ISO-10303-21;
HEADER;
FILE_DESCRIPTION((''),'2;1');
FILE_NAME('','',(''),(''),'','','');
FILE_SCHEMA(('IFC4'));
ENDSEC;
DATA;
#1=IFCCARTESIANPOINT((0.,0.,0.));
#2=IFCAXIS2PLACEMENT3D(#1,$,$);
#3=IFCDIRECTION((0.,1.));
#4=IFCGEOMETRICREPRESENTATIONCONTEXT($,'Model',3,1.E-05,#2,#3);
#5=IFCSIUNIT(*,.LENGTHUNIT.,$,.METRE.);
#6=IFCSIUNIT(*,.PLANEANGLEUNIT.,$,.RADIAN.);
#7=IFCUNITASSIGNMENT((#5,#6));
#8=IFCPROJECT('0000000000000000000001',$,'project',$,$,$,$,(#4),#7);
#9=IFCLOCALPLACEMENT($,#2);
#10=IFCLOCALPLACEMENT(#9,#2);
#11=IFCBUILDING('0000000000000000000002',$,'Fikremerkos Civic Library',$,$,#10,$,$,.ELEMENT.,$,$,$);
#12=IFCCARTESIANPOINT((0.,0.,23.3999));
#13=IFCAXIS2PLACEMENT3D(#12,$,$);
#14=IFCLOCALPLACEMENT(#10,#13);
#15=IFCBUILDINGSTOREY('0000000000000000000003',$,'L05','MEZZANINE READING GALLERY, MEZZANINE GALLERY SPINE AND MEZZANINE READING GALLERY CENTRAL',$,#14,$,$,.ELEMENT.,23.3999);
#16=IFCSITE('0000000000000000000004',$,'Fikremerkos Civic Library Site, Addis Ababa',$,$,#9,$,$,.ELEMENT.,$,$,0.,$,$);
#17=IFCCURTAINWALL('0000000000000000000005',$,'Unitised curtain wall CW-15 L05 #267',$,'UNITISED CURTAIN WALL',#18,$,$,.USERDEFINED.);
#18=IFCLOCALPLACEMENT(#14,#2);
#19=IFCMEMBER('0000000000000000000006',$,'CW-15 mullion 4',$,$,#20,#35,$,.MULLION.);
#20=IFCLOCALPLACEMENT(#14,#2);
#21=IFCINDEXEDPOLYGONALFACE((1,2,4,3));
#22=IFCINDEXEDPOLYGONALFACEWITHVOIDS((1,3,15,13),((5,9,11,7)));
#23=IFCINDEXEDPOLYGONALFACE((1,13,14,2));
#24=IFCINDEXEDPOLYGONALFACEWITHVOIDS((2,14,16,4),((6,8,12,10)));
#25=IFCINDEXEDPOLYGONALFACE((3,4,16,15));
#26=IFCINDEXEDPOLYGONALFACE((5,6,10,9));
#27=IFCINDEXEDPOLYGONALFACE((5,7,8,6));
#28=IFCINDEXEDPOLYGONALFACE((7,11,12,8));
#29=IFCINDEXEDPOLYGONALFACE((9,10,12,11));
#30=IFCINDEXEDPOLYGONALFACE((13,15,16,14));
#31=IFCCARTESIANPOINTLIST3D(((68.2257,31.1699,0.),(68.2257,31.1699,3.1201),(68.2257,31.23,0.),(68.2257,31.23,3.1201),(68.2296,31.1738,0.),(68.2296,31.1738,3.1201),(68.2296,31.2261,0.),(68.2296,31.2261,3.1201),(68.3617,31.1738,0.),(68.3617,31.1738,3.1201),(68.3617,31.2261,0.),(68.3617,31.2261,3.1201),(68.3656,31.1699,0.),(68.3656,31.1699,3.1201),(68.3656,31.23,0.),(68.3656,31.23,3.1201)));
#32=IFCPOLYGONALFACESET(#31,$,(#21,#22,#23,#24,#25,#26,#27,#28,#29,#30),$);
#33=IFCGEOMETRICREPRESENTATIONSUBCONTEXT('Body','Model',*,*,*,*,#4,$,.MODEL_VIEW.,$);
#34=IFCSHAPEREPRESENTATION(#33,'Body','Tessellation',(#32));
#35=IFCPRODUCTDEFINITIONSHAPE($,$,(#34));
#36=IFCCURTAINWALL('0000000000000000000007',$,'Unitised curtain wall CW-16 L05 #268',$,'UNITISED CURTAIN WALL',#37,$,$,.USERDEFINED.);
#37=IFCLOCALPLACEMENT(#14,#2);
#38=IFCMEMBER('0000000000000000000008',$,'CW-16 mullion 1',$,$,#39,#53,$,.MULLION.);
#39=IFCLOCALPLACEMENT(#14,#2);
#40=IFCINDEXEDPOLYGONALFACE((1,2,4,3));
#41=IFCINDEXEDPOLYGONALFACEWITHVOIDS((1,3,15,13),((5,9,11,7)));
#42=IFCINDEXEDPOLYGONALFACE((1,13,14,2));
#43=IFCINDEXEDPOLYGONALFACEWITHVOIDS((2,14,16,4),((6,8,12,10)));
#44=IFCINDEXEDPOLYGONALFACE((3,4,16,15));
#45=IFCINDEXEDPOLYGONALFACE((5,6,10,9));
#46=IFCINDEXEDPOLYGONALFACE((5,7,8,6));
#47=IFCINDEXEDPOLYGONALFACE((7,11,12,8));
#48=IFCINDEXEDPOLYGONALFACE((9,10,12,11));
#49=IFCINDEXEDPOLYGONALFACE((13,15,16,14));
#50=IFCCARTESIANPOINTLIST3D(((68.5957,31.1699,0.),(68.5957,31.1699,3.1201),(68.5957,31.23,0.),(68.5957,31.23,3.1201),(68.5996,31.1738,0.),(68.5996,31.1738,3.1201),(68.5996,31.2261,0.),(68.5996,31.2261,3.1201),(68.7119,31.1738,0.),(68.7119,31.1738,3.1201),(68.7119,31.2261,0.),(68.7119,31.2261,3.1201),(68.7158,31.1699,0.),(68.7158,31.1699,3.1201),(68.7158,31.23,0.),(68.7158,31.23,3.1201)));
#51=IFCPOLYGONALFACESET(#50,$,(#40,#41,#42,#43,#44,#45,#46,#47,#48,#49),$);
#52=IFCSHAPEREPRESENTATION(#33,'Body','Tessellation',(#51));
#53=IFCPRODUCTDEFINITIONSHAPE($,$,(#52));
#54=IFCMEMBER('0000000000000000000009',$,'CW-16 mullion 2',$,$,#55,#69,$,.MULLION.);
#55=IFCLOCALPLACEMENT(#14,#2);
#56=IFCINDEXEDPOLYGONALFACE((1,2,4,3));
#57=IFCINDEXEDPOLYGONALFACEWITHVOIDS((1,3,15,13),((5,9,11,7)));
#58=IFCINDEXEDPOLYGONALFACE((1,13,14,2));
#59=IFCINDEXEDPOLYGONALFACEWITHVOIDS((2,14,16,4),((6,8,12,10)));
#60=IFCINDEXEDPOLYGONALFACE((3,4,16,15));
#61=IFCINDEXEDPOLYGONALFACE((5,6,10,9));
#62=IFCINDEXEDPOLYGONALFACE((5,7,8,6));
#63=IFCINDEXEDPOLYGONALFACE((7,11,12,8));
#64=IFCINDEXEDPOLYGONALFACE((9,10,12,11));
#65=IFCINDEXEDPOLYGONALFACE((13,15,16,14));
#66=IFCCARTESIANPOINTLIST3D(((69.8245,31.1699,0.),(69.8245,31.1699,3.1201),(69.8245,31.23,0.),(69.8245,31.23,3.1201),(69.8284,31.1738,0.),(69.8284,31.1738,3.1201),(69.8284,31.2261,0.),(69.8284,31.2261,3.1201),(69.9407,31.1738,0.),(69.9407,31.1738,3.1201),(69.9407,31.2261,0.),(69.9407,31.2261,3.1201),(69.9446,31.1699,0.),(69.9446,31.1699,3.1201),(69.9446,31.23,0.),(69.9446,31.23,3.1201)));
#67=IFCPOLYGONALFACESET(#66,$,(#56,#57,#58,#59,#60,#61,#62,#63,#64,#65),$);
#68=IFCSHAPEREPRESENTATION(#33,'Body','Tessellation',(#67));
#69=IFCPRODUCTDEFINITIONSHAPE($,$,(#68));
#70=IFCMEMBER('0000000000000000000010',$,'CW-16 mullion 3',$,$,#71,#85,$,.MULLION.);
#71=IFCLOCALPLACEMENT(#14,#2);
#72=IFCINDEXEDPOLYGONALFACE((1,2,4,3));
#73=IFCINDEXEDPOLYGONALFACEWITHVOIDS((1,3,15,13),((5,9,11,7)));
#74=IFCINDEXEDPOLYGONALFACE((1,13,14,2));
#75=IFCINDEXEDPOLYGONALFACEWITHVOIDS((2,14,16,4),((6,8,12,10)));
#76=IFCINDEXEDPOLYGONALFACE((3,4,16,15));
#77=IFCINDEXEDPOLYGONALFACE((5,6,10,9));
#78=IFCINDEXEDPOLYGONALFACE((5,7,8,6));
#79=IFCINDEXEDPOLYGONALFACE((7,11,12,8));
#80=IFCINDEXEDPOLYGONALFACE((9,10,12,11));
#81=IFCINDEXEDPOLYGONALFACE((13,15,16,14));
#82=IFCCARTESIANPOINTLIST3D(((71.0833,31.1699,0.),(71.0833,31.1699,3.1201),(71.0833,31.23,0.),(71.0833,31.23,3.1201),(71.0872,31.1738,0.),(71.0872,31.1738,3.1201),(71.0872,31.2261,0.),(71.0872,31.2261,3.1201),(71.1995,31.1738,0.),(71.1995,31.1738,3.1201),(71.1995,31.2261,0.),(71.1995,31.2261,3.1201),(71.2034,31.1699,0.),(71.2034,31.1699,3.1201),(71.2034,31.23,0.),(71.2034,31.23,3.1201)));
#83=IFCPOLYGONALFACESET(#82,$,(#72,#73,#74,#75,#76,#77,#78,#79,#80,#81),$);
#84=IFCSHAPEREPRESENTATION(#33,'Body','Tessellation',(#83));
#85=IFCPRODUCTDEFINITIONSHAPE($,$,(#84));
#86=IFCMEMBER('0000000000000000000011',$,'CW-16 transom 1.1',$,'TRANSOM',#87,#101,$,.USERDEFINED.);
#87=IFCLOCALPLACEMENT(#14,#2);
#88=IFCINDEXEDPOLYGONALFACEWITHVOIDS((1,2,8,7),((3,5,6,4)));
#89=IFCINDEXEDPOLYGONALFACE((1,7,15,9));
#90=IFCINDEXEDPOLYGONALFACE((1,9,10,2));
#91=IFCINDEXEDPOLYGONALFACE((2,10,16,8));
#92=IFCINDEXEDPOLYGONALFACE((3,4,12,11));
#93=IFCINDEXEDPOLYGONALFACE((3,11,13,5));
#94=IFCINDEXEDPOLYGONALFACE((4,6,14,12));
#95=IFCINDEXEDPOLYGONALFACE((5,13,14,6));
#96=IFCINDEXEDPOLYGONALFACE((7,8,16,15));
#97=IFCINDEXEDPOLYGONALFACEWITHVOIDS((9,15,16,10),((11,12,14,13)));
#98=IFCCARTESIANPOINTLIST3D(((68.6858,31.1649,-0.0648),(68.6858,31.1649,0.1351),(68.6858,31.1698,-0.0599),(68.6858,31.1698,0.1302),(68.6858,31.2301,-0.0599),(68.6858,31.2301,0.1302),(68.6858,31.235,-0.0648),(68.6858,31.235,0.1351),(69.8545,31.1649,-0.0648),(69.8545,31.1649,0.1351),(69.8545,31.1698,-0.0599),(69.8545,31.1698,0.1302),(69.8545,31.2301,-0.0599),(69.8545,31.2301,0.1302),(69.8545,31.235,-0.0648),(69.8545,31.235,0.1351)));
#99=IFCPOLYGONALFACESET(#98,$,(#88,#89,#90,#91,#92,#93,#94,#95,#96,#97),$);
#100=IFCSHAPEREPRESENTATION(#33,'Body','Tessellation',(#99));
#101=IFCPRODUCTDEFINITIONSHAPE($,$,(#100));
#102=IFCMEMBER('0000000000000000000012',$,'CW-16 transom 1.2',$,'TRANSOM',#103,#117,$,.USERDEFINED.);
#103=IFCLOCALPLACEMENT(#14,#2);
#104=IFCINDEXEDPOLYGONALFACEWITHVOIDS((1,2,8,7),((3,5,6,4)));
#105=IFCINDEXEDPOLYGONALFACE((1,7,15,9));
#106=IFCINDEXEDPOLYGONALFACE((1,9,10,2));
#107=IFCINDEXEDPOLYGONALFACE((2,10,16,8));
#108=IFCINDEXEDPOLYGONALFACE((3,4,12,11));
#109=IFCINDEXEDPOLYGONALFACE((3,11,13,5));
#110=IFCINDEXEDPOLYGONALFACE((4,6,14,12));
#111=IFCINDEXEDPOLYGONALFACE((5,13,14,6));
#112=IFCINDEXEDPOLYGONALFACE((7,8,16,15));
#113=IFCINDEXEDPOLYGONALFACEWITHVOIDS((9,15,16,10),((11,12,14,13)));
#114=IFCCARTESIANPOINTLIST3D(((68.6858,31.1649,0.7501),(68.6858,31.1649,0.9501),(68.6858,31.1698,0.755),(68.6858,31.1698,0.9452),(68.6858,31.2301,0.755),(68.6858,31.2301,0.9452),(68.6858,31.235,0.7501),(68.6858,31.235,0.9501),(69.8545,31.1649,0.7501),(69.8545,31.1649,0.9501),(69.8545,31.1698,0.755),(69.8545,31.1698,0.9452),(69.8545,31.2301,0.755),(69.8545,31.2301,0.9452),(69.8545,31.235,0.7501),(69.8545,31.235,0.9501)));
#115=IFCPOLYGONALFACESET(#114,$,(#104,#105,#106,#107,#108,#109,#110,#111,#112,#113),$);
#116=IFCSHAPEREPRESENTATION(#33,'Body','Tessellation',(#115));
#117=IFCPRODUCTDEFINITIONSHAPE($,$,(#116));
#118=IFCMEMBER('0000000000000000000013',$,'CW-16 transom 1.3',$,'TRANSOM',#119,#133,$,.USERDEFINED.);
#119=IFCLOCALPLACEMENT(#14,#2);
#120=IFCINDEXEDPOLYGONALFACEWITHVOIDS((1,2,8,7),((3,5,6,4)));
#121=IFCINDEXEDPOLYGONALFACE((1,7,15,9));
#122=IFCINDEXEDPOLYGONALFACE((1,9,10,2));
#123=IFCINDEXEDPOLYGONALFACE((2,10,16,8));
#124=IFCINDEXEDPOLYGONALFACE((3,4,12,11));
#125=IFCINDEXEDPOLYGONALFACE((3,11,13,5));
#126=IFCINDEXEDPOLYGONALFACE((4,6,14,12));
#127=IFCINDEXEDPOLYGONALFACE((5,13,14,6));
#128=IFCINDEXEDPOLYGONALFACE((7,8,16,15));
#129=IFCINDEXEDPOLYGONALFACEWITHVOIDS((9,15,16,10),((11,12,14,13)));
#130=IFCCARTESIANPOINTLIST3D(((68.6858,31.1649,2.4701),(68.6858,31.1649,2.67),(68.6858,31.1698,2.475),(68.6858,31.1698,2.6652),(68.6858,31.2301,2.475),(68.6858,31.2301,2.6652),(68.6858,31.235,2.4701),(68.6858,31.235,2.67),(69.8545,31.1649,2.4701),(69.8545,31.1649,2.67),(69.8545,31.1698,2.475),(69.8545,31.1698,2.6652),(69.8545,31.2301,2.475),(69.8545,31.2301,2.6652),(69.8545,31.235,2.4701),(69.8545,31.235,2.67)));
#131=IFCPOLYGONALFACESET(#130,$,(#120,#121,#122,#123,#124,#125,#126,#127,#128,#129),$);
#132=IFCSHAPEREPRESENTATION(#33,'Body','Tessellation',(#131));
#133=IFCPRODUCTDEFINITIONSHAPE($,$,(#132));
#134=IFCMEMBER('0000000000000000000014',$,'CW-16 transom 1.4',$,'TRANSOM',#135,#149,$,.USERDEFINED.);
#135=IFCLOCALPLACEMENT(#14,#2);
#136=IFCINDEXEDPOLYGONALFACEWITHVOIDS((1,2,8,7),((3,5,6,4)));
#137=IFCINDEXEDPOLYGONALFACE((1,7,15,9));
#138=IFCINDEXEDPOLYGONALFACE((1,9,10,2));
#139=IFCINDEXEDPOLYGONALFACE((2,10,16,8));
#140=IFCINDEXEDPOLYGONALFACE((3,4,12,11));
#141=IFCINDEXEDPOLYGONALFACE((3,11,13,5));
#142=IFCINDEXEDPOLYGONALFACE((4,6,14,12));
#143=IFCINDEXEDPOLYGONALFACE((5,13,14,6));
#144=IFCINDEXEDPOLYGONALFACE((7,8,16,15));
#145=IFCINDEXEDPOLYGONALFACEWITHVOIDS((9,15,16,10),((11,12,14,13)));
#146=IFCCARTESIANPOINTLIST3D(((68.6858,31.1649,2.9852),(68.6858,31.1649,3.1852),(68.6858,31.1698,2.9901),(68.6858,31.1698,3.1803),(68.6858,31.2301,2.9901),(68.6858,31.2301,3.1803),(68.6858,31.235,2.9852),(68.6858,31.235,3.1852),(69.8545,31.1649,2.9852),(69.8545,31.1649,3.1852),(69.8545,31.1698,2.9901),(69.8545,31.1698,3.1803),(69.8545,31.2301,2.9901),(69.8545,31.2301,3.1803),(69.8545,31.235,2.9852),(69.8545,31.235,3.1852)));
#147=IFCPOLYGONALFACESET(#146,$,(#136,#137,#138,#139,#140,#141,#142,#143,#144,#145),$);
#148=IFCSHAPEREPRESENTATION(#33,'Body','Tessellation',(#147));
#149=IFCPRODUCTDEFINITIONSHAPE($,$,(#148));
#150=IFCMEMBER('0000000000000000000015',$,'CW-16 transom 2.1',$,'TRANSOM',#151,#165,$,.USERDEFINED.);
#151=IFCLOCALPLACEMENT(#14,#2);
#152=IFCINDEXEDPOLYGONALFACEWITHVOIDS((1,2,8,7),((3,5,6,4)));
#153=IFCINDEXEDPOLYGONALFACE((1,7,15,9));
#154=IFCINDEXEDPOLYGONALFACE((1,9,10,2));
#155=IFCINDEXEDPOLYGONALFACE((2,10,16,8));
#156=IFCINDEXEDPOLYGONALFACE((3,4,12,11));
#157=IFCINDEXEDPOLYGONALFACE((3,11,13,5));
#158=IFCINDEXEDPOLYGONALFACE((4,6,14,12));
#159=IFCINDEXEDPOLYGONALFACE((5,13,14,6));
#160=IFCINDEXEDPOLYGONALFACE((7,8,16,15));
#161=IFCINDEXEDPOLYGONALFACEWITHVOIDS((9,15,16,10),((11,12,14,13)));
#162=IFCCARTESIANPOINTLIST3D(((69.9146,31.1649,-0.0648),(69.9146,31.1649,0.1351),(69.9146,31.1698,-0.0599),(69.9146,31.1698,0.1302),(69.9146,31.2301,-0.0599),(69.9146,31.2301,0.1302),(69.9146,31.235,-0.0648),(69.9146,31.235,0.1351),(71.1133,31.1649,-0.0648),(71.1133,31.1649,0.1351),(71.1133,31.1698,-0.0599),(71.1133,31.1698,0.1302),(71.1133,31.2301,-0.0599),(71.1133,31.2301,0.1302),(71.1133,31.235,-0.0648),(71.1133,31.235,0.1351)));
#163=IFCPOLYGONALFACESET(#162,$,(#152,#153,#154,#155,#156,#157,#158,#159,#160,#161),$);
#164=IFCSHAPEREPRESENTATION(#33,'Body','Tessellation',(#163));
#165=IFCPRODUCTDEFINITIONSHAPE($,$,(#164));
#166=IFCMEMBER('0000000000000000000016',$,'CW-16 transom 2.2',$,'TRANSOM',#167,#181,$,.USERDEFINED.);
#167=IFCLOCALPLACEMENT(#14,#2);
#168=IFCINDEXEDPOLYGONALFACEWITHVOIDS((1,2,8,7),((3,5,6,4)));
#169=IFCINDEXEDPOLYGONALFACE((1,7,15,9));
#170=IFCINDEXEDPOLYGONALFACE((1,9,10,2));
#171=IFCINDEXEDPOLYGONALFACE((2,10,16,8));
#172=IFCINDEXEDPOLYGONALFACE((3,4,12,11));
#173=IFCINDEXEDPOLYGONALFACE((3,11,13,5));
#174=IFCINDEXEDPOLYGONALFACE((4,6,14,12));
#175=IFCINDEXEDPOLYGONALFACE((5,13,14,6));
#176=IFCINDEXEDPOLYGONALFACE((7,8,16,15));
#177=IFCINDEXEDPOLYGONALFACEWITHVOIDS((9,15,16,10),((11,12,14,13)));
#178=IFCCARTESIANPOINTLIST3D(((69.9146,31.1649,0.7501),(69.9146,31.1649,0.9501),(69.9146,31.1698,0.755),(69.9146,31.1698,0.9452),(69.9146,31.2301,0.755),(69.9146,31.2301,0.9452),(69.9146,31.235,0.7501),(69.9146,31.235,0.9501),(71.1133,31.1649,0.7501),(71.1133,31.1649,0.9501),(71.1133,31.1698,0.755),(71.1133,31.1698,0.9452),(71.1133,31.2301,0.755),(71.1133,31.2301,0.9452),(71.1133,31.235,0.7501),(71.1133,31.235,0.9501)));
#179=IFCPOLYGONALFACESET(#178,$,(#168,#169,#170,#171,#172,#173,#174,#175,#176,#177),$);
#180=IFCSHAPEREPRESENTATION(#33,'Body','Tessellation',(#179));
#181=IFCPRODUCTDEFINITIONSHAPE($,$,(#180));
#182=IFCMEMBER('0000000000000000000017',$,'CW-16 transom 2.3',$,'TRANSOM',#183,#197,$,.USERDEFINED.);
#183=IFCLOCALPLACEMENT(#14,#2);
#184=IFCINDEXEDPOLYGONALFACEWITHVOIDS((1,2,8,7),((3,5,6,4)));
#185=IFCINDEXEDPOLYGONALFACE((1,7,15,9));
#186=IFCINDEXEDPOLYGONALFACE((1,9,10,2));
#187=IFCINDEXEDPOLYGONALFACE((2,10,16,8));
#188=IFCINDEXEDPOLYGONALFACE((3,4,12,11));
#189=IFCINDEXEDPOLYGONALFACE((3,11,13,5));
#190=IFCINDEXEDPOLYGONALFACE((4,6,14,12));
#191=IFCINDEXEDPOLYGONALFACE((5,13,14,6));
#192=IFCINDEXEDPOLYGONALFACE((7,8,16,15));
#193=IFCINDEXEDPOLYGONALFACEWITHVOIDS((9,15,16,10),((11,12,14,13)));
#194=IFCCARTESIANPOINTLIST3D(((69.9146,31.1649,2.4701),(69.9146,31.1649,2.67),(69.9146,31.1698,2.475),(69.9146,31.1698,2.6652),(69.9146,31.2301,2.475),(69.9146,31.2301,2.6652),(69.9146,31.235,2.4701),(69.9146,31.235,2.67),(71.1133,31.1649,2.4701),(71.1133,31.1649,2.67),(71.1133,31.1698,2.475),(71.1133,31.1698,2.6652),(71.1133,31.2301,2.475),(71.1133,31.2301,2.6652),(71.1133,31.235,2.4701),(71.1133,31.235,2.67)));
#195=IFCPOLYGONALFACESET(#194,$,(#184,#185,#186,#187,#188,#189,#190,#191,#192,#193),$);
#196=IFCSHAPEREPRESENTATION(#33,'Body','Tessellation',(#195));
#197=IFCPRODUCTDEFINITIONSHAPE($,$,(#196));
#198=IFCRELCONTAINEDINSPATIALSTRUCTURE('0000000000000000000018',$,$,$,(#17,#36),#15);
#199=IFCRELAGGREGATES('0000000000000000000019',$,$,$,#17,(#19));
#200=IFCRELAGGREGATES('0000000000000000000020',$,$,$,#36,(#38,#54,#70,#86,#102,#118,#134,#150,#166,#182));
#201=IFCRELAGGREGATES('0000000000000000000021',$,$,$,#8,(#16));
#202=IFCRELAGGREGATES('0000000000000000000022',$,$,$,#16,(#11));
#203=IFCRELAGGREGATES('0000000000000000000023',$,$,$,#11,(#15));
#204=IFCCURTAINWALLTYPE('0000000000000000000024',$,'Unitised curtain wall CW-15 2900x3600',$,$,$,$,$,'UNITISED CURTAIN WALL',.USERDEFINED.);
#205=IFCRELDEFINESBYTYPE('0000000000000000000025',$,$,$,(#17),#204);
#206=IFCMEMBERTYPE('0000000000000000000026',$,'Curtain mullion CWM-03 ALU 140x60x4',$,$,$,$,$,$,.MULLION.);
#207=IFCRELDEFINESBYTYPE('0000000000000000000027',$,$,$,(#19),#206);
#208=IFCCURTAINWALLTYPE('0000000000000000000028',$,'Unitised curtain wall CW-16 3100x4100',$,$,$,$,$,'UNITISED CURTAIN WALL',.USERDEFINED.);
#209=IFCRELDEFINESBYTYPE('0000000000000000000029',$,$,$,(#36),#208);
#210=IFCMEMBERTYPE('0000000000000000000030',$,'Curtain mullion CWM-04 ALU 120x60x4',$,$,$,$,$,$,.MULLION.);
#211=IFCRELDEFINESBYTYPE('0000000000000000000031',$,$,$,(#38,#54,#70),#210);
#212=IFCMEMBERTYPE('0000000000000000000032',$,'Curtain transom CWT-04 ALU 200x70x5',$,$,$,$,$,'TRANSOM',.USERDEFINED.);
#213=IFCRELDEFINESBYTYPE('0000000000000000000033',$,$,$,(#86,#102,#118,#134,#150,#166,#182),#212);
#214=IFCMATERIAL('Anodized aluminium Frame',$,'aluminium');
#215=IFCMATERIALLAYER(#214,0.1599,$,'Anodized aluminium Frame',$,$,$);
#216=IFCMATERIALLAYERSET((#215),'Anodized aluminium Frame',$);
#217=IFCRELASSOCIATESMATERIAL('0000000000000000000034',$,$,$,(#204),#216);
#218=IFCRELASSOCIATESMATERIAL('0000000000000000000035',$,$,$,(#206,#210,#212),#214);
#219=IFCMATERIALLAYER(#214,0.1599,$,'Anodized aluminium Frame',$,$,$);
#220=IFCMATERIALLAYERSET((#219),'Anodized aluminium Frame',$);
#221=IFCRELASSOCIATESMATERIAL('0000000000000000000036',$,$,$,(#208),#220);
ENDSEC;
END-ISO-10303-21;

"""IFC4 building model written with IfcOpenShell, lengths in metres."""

from ifc_helpers import new_model, si_unit, direction, frame, origin, origin_2d, place, context, subcontext, project, spatial, hollow_rectangle, extrude, material, layer, layer_set, material_profile, profile_set, type_object, element, aggregate, save


model = new_model("IFC4")

# Units and contexts
model_context = context("Model", 3, precision=1e-05, world=origin(), true_north=direction((0.0, 1.0)))
body_context = subcontext(model_context, "Body", "Model", "MODEL_VIEW")
ifc_project = project(units=[si_unit("LENGTHUNIT", "METRE"), si_unit("PLANEANGLEUNIT", "RADIAN")], contexts=[model_context])

# Site, building, storey
site_placement = place(None, origin())
site = spatial("IfcSite", under=ifc_project, at=site_placement, Name="Fikremerkos Civic Library Site, Addis Ababa", CompositionType="ELEMENT", RefElevation=0.0)
building_placement = place(site_placement, origin())
building = spatial("IfcBuilding", under=site, at=building_placement, Name="Fikremerkos Civic Library", CompositionType="ELEMENT")
storey_placement = place(building_placement, frame((0.0, 0.0, 23.3999)))
storey = spatial("IfcBuildingStorey", under=building, at=storey_placement, Name="L05", Description="MEZZANINE READING GALLERY, MEZZANINE GALLERY SPINE AND MEZZANINE READING GALLERY CENTRAL", CompositionType="ELEMENT", Elevation=23.3999)

# Curtain wall, member
ifc_material_1 = material(Name="Anodized aluminium Frame", Category="aluminium")
ifc_layer_1 = layer(ifc_material_1, 0.1599, Name="Anodized aluminium Frame")
ifc_layer_set_1 = layer_set([ifc_layer_1], Name="Anodized aluminium Frame")
curtain_wall_type_1 = type_object("IfcCurtainWallType", Name="Unitised curtain wall CW-15 2900x3600", ElementType="UNITISED CURTAIN WALL", PredefinedType="USERDEFINED", material=ifc_layer_set_1)
curtain_wall_1_placement = place(storey_placement, origin())
curtain_wall_1 = element("IfcCurtainWall", 1, at=curtain_wall_1_placement, inside=storey, type_object=curtain_wall_type_1, Name="Unitised curtain wall CW-15 L05 #267", ObjectType="UNITISED CURTAIN WALL", PredefinedType="USERDEFINED")
ifc_material_profile_1 = material_profile(ifc_material_1, hollow_rectangle(XDim=0.0601, YDim=0.1399, WallThickness=0.0039, at=origin_2d()), Name="ALU 140x60x4")
ifc_profile_set_1 = profile_set([ifc_material_profile_1], Name="Anodized aluminium Frame")
member_type_1 = type_object("IfcMemberType", Name="Curtain mullion CWM-03 ALU 140x60x4", PredefinedType="MULLION", material=ifc_profile_set_1)
member_1_placement = place(storey_placement, frame((68.2957, 31.2, 0.0), z_axis=(0.0, 0.0, 1.0), x_axis=(0.0, 1.0, 0.0)))
member_1 = element("IfcMember", 2, at=member_1_placement, type_object=member_type_1, Name="CW-15 mullion 4", PredefinedType="MULLION", context=body_context, shape_type="SweptSolid", body=[
    extrude(hollow_rectangle(XDim=0.0601, YDim=0.1399, WallThickness=0.0039, at=origin_2d()), origin(), (0.0, 0.0, 1.0), 3.1201),
])
aggregate(curtain_wall_1, [member_1])

# Curtain wall, members
ifc_layer_2 = layer(ifc_material_1, 0.1599, Name="Anodized aluminium Frame")
ifc_layer_set_2 = layer_set([ifc_layer_2], Name="Anodized aluminium Frame")
curtain_wall_type_2 = type_object("IfcCurtainWallType", Name="Unitised curtain wall CW-16 3100x4100", ElementType="UNITISED CURTAIN WALL", PredefinedType="USERDEFINED", material=ifc_layer_set_2)
curtain_wall_2_placement = place(storey_placement, origin())
curtain_wall_2 = element("IfcCurtainWall", 3, at=curtain_wall_2_placement, inside=storey, type_object=curtain_wall_type_2, Name="Unitised curtain wall CW-16 L05 #268", ObjectType="UNITISED CURTAIN WALL", PredefinedType="USERDEFINED")
ifc_material_profile_2 = material_profile(ifc_material_1, hollow_rectangle(XDim=0.0601, YDim=0.1201, WallThickness=0.0039, at=origin_2d()), Name="ALU 120x60x4")
ifc_profile_set_2 = profile_set([ifc_material_profile_2], Name="Anodized aluminium Frame")
member_type_2 = type_object("IfcMemberType", Name="Curtain mullion CWM-04 ALU 120x60x4", PredefinedType="MULLION", material=ifc_profile_set_2)
member_2_placement = place(storey_placement, frame((68.6558, 31.2, 0.0), z_axis=(0.0, 0.0, 1.0), x_axis=(0.0, 1.0, 0.0)))
member_2 = element("IfcMember", 4, at=member_2_placement, type_object=member_type_2, Name="CW-16 mullion 1", PredefinedType="MULLION", context=body_context, shape_type="SweptSolid", body=[
    extrude(hollow_rectangle(XDim=0.0601, YDim=0.1201, WallThickness=0.0039, at=origin_2d()), origin(), (0.0, 0.0, 1.0), 3.1201),
])
member_3_placement = place(storey_placement, frame((69.8845, 31.2, 0.0), z_axis=(0.0, 0.0, 1.0), x_axis=(0.0, 1.0, 0.0)))
member_3 = element("IfcMember", 5, at=member_3_placement, type_object=member_type_2, Name="CW-16 mullion 2", PredefinedType="MULLION", context=body_context, shape_type="SweptSolid", body=[
    extrude(hollow_rectangle(XDim=0.0601, YDim=0.1201, WallThickness=0.0039, at=origin_2d()), origin(), (0.0, 0.0, 1.0), 3.1201),
])
member_4_placement = place(storey_placement, frame((71.1433, 31.2, 0.0), z_axis=(0.0, 0.0, 1.0), x_axis=(0.0, 1.0, 0.0)))
member_4 = element("IfcMember", 6, at=member_4_placement, type_object=member_type_2, Name="CW-16 mullion 3", PredefinedType="MULLION", context=body_context, shape_type="SweptSolid", body=[
    extrude(hollow_rectangle(XDim=0.0601, YDim=0.1201, WallThickness=0.0039, at=origin_2d()), origin(), (0.0, 0.0, 1.0), 3.1201),
])
ifc_material_profile_3 = material_profile(ifc_material_1, hollow_rectangle(XDim=0.0701, YDim=0.2, WallThickness=0.0049, at=origin_2d()), Name="ALU 200x70x5")
ifc_profile_set_3 = profile_set([ifc_material_profile_3], Name="Anodized aluminium Frame")
member_type_3 = type_object("IfcMemberType", Name="Curtain transom CWT-04 ALU 200x70x5", ElementType="TRANSOM", PredefinedType="USERDEFINED", material=ifc_profile_set_3)
member_5_placement = place(storey_placement, frame((68.6858, 31.2, 0.0352), z_axis=(1.0, 0.0, 0.0), x_axis=(0.0, 1.0, 0.0)))
member_5 = element("IfcMember", 7, at=member_5_placement, type_object=member_type_3, Name="CW-16 transom 1.1", ObjectType="TRANSOM", PredefinedType="USERDEFINED", context=body_context, shape_type="SweptSolid", body=[
    extrude(hollow_rectangle(XDim=0.0701, YDim=0.2, WallThickness=0.0049, at=origin_2d()), origin(), (0.0, 0.0, 1.0), 1.1687),
])
member_6_placement = place(storey_placement, frame((68.6858, 31.2, 0.8501), z_axis=(1.0, 0.0, 0.0), x_axis=(0.0, 1.0, 0.0)))
member_6 = element("IfcMember", 8, at=member_6_placement, type_object=member_type_3, Name="CW-16 transom 1.2", ObjectType="TRANSOM", PredefinedType="USERDEFINED", context=body_context, shape_type="SweptSolid", body=[
    extrude(hollow_rectangle(XDim=0.0701, YDim=0.2, WallThickness=0.0049, at=origin_2d()), origin(), (0.0, 0.0, 1.0), 1.1687),
])
member_7_placement = place(storey_placement, frame((68.6858, 31.2, 2.5701), z_axis=(1.0, 0.0, 0.0), x_axis=(0.0, 1.0, 0.0)))
member_7 = element("IfcMember", 9, at=member_7_placement, type_object=member_type_3, Name="CW-16 transom 1.3", ObjectType="TRANSOM", PredefinedType="USERDEFINED", context=body_context, shape_type="SweptSolid", body=[
    extrude(hollow_rectangle(XDim=0.0701, YDim=0.2, WallThickness=0.0049, at=origin_2d()), origin(), (0.0, 0.0, 1.0), 1.1687),
])
member_8_placement = place(storey_placement, frame((68.6858, 31.2, 3.0852), z_axis=(1.0, 0.0, 0.0), x_axis=(0.0, 1.0, 0.0)))
member_8 = element("IfcMember", 10, at=member_8_placement, type_object=member_type_3, Name="CW-16 transom 1.4", ObjectType="TRANSOM", PredefinedType="USERDEFINED", context=body_context, shape_type="SweptSolid", body=[
    extrude(hollow_rectangle(XDim=0.0701, YDim=0.2, WallThickness=0.0049, at=origin_2d()), origin(), (0.0, 0.0, 1.0), 1.1687),
])
member_9_placement = place(storey_placement, frame((69.9146, 31.2, 0.0352), z_axis=(1.0, 0.0, 0.0), x_axis=(0.0, 1.0, 0.0)))
member_9 = element("IfcMember", 11, at=member_9_placement, type_object=member_type_3, Name="CW-16 transom 2.1", ObjectType="TRANSOM", PredefinedType="USERDEFINED", context=body_context, shape_type="SweptSolid", body=[
    extrude(hollow_rectangle(XDim=0.0701, YDim=0.2, WallThickness=0.0049, at=origin_2d()), origin(), (0.0, 0.0, 1.0), 1.1987),
])
member_10_placement = place(storey_placement, frame((69.9146, 31.2, 0.8501), z_axis=(1.0, 0.0, 0.0), x_axis=(0.0, 1.0, 0.0)))
member_10 = element("IfcMember", 12, at=member_10_placement, type_object=member_type_3, Name="CW-16 transom 2.2", ObjectType="TRANSOM", PredefinedType="USERDEFINED", context=body_context, shape_type="SweptSolid", body=[
    extrude(hollow_rectangle(XDim=0.0701, YDim=0.2, WallThickness=0.0049, at=origin_2d()), origin(), (0.0, 0.0, 1.0), 1.1987),
])
member_11_placement = place(storey_placement, frame((69.9146, 31.2, 2.5701), z_axis=(1.0, 0.0, 0.0), x_axis=(0.0, 1.0, 0.0)))
member_11 = element("IfcMember", 13, at=member_11_placement, type_object=member_type_3, Name="CW-16 transom 2.3", ObjectType="TRANSOM", PredefinedType="USERDEFINED", context=body_context, shape_type="SweptSolid", body=[
    extrude(hollow_rectangle(XDim=0.0701, YDim=0.2, WallThickness=0.0049, at=origin_2d()), origin(), (0.0, 0.0, 1.0), 1.1987),
])
aggregate(curtain_wall_2, [member_2, member_3, member_4, member_5, member_6, member_7, member_8, member_9, member_10, member_11])

save(model, "model.ifc")
